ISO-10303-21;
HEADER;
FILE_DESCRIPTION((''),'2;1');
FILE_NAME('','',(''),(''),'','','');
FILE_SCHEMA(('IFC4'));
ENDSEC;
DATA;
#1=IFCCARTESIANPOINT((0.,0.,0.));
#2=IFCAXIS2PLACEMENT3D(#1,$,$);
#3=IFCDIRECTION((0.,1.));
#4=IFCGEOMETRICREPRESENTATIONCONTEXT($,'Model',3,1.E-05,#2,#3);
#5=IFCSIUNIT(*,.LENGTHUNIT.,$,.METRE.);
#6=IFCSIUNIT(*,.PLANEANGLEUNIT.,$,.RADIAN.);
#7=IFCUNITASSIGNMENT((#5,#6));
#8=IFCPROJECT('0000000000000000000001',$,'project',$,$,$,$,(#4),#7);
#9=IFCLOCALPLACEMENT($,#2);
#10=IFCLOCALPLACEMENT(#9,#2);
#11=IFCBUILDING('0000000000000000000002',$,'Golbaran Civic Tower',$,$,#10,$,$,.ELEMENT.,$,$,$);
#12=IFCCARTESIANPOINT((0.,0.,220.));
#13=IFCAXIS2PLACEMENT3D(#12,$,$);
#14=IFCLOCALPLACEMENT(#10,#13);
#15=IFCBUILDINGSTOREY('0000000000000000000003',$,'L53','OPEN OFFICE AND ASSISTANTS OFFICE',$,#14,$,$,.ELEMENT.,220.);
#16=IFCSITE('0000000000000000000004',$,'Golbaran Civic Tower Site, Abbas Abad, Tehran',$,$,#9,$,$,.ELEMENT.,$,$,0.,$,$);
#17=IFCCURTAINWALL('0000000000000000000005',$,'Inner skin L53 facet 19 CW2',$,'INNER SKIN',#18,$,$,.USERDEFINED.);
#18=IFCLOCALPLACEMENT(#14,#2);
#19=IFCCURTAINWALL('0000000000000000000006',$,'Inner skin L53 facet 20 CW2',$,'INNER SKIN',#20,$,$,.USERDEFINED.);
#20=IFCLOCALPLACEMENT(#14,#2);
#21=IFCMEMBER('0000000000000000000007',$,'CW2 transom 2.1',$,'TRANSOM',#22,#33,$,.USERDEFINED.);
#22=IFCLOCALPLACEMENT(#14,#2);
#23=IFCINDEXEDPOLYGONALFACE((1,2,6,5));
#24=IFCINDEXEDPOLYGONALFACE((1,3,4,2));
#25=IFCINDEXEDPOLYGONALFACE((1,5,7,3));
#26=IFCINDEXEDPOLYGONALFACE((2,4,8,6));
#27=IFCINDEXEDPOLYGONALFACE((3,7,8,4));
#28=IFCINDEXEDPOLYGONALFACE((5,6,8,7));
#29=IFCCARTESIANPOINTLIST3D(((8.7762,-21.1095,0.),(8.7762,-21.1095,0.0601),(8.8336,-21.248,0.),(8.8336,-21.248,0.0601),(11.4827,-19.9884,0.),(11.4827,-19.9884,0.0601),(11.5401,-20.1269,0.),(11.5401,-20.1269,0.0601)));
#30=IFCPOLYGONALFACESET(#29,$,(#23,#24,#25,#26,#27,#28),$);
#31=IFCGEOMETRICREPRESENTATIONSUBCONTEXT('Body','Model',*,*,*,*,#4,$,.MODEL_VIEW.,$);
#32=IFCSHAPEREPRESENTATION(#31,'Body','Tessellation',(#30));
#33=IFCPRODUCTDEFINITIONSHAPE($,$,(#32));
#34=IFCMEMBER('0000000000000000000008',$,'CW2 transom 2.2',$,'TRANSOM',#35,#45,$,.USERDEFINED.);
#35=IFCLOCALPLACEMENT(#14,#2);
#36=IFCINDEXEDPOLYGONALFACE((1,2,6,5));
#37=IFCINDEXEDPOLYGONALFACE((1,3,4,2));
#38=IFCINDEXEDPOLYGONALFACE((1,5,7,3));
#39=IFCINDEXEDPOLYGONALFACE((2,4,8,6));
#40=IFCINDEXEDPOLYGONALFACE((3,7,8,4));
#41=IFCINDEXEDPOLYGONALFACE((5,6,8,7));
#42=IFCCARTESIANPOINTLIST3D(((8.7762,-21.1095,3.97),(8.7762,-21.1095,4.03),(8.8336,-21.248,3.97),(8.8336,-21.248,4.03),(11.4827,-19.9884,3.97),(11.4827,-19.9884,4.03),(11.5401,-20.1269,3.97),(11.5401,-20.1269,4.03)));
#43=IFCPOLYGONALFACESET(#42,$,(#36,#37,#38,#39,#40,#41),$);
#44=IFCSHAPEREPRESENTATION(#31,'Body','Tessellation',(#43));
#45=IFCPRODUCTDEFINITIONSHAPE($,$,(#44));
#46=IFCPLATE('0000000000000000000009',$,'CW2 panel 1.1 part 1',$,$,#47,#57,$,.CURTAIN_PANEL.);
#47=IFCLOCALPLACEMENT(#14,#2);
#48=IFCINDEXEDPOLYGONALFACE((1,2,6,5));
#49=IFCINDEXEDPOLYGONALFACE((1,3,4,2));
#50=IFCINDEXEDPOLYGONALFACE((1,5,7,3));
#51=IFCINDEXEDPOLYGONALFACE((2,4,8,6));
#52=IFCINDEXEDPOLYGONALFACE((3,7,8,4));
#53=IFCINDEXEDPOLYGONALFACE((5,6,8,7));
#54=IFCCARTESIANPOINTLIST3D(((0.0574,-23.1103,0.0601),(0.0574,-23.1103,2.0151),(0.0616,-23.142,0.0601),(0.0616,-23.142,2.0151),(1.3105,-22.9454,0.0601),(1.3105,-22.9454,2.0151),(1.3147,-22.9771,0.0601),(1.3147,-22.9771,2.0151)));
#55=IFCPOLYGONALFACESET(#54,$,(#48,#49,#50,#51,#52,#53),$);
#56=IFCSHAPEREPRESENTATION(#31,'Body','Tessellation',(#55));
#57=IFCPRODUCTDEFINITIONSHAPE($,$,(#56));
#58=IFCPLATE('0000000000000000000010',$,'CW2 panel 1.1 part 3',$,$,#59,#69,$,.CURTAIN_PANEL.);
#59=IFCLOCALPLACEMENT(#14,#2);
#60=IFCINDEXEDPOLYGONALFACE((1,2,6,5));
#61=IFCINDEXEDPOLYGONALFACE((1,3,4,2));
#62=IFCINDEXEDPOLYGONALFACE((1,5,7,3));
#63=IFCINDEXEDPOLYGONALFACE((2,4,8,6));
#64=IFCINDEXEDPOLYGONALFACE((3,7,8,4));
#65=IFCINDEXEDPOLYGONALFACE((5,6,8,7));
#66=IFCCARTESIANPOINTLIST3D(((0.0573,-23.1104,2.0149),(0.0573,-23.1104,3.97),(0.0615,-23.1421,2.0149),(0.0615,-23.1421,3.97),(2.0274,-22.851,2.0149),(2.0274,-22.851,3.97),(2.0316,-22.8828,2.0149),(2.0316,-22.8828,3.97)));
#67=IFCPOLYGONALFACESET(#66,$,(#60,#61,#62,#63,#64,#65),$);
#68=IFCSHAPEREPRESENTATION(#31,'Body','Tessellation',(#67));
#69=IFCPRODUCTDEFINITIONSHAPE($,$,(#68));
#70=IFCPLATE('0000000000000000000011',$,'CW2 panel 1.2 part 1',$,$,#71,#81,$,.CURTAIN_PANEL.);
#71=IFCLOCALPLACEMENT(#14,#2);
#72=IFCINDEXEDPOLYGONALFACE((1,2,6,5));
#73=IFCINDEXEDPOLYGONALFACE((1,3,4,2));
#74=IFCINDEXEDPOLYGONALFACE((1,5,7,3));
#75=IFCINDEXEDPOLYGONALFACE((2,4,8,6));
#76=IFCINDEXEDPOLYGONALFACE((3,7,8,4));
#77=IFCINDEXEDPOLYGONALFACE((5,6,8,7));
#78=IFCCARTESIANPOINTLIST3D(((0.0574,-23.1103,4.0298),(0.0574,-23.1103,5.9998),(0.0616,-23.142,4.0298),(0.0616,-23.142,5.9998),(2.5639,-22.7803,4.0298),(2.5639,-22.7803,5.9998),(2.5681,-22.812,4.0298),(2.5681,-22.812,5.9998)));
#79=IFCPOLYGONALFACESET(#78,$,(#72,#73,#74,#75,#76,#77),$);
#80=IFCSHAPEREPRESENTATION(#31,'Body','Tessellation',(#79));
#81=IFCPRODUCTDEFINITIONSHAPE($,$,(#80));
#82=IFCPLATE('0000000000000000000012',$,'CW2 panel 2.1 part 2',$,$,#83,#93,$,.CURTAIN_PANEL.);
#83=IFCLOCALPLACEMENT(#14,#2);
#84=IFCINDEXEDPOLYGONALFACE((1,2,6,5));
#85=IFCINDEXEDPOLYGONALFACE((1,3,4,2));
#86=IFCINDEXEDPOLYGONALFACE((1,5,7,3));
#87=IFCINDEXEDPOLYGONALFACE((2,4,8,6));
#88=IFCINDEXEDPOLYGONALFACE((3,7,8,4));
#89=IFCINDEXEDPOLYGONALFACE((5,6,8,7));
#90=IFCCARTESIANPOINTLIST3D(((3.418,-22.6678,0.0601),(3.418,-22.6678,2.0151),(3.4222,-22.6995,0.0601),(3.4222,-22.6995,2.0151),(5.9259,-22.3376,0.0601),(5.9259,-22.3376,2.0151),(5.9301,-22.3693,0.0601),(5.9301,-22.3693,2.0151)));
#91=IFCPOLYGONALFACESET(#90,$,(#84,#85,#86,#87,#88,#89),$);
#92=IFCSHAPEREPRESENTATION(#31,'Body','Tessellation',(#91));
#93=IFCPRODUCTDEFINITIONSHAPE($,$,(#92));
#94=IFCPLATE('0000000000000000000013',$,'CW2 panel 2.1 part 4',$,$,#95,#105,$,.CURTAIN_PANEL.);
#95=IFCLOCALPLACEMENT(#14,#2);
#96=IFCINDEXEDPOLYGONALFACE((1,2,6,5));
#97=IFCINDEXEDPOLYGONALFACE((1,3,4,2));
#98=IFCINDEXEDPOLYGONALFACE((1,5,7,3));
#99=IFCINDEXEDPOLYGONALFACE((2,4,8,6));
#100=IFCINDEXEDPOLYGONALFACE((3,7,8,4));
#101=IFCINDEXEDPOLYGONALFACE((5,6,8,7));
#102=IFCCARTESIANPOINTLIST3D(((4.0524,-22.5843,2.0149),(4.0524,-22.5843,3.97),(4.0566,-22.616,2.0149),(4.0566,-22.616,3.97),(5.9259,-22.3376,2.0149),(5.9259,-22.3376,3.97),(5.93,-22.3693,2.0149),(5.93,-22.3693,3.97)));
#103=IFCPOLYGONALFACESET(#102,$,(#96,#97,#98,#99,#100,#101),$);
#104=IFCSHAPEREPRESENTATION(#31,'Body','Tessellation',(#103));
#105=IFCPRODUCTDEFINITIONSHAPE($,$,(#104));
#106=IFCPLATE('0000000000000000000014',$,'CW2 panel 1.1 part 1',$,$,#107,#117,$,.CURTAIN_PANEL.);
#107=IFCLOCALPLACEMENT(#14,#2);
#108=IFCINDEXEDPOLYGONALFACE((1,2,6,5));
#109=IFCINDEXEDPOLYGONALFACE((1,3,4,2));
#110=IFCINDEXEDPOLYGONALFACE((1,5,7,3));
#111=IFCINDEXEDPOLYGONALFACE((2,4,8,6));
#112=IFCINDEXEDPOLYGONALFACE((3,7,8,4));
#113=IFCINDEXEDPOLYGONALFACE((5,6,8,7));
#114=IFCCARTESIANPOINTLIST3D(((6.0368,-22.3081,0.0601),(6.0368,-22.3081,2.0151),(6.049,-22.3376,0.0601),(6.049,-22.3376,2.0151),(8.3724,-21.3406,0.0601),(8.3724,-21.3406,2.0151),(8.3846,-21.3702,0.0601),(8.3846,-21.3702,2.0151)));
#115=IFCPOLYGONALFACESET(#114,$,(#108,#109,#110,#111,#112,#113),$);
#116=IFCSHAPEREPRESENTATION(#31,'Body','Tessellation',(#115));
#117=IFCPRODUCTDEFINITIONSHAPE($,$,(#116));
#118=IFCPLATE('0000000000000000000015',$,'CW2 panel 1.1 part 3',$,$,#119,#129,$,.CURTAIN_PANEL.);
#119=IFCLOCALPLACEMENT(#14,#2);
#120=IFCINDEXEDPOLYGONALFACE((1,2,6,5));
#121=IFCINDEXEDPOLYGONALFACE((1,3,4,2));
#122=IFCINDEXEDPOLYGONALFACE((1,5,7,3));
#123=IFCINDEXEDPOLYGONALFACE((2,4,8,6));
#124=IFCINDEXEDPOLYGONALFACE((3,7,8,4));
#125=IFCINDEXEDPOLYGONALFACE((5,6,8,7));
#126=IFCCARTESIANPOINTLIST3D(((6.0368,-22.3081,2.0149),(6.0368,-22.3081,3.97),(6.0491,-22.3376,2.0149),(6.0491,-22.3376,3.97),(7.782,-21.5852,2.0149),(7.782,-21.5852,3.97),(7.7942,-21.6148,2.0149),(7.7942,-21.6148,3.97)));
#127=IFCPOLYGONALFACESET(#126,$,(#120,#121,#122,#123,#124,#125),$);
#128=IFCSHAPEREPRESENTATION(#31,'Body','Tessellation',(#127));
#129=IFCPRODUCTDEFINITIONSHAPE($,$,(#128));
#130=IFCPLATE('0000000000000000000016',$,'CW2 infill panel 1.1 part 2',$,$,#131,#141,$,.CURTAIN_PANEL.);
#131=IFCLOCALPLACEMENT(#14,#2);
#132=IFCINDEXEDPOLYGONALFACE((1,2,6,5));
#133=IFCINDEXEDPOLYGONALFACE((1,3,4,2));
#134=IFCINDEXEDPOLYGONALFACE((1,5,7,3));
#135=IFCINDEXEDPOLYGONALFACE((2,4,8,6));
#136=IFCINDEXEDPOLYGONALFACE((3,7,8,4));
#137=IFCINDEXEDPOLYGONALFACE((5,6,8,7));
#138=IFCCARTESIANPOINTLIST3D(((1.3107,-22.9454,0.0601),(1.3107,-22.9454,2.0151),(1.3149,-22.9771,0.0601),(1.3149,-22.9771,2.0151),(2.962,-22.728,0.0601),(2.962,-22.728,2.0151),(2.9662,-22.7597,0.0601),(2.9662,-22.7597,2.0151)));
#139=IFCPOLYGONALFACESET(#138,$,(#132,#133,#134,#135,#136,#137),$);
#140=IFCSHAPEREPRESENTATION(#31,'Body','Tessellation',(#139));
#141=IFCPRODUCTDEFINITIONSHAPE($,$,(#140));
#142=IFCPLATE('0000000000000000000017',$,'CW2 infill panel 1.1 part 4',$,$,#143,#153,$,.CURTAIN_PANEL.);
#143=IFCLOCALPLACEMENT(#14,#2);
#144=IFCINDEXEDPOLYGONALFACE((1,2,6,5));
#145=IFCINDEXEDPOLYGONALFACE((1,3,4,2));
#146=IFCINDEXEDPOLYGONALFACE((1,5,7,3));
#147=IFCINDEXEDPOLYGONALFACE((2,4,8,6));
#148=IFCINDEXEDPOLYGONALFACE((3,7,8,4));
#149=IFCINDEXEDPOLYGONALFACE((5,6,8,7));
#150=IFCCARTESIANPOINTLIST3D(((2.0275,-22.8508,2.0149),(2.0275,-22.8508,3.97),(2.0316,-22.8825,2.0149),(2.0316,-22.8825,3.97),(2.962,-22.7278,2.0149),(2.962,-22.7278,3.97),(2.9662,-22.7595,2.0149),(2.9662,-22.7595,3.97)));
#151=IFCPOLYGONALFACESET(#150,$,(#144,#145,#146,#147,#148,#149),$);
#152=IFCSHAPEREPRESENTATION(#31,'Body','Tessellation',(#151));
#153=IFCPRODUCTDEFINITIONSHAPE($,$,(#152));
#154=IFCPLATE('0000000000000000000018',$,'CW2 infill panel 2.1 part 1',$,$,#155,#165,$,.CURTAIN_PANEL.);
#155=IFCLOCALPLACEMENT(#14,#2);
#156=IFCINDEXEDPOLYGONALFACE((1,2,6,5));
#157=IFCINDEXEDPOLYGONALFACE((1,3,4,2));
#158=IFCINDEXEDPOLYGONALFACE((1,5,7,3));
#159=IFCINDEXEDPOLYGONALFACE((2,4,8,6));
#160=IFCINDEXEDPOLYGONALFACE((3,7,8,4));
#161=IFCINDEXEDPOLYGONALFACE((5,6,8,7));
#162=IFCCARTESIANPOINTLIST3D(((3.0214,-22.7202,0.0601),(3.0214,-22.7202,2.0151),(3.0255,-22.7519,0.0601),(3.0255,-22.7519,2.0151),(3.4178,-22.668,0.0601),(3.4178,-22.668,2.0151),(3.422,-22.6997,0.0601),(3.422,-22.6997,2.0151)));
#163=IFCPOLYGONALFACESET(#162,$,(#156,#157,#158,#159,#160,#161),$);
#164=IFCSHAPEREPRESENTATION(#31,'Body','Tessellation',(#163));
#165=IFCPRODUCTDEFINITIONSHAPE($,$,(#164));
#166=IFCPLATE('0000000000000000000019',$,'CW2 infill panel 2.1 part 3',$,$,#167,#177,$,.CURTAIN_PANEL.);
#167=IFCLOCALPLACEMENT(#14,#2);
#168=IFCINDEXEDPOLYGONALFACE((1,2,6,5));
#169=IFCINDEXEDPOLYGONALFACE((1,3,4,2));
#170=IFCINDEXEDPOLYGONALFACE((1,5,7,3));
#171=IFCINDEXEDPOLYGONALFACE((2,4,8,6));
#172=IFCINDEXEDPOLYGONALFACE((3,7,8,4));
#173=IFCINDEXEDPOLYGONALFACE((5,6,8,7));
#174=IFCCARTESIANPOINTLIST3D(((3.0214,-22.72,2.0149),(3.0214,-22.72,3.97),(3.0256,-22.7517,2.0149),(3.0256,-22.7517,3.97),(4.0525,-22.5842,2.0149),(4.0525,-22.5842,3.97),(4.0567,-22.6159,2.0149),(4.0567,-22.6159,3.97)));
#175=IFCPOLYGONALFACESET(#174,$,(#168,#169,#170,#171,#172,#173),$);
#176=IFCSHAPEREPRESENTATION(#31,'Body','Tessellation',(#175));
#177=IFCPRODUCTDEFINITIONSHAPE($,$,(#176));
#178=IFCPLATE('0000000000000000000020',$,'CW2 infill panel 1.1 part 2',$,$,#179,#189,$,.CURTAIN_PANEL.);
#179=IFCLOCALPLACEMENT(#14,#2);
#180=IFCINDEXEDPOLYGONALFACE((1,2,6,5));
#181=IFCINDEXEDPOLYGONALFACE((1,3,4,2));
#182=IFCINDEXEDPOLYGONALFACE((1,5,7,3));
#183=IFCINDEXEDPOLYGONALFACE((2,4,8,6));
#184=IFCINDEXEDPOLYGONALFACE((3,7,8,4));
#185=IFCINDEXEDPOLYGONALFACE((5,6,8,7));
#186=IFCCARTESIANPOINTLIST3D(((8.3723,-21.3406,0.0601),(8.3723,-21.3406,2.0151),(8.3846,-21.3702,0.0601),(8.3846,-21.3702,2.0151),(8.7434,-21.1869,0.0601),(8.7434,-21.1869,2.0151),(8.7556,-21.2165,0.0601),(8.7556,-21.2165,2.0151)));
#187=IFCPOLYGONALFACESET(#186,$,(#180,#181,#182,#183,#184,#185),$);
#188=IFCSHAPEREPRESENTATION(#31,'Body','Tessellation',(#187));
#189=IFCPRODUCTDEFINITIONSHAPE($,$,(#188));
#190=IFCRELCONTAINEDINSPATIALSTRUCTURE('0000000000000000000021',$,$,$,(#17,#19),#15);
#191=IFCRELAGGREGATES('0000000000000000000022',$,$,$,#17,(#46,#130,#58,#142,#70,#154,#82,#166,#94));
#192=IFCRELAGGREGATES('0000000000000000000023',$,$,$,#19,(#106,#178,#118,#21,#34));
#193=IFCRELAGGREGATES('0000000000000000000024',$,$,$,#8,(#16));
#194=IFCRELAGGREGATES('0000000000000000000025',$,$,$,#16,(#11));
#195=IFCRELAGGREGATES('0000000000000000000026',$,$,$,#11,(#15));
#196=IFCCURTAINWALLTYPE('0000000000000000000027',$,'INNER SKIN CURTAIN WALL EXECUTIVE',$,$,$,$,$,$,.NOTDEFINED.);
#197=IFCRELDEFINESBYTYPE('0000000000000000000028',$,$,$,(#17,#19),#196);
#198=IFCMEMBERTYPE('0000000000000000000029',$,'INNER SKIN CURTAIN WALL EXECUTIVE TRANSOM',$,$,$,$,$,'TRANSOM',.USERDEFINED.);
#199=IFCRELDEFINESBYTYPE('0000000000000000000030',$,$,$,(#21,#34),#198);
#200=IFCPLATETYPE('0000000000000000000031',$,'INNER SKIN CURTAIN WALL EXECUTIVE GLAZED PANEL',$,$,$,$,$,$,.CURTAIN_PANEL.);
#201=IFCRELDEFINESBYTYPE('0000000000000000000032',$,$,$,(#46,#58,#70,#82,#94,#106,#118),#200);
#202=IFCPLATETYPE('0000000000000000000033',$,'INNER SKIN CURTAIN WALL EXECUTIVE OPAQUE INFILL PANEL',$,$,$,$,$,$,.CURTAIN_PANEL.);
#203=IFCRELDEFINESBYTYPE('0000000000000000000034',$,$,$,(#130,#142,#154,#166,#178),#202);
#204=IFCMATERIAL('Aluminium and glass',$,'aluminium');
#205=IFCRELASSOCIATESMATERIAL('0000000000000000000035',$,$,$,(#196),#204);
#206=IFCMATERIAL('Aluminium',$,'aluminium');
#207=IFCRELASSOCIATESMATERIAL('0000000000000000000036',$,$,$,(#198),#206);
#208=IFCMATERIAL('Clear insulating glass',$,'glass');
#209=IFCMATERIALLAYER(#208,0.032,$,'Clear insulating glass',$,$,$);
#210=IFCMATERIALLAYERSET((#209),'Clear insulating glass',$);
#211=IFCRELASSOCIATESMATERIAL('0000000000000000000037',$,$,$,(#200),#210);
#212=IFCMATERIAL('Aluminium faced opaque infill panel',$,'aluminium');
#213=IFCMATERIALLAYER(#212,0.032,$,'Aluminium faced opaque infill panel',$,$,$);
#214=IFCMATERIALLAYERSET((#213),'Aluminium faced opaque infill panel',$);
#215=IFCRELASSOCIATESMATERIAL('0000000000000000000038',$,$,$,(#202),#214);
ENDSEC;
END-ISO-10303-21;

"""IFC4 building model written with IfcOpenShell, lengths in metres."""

from ifc_helpers import new_model, si_unit, direction, frame, origin, origin_2d, place, context, subcontext, project, spatial, rectangle, extrude, material, layer, layer_set, material_profile, profile_set, type_object, element, aggregate, save


model = new_model("IFC4")

# Units and contexts
model_context = context("Model", 3, precision=1e-05, world=origin(), true_north=direction((0.0, 1.0)))
body_context = subcontext(model_context, "Body", "Model", "MODEL_VIEW")
ifc_project = project(units=[si_unit("LENGTHUNIT", "METRE"), si_unit("PLANEANGLEUNIT", "RADIAN")], contexts=[model_context])

# Site, building, storey
site_placement = place(None, origin())
site = spatial("IfcSite", under=ifc_project, at=site_placement, Name="Golbaran Civic Tower Site, Abbas Abad, Tehran", CompositionType="ELEMENT", RefElevation=0.0)
building_placement = place(site_placement, origin())
building = spatial("IfcBuilding", under=site, at=building_placement, Name="Golbaran Civic Tower", CompositionType="ELEMENT")
storey_placement = place(building_placement, frame((0.0, 0.0, 220.0)))
storey = spatial("IfcBuildingStorey", under=building, at=storey_placement, Name="L53", Description="OPEN OFFICE AND ASSISTANTS OFFICE", CompositionType="ELEMENT", Elevation=220.0)

# Curtain walls
ifc_material_1 = material(Name="Aluminium and glass", Category="aluminium")
curtain_wall_type = type_object("IfcCurtainWallType", Name="INNER SKIN CURTAIN WALL EXECUTIVE", PredefinedType="NOTDEFINED", material=ifc_material_1)
curtain_wall_1_placement = place(storey_placement, origin())
curtain_wall_1 = element("IfcCurtainWall", 1, at=curtain_wall_1_placement, inside=storey, type_object=curtain_wall_type, Name="Inner skin L53 facet 19 CW2", ObjectType="INNER SKIN", PredefinedType="USERDEFINED")
ifc_material_2 = material(Name="Aluminium", Category="aluminium")
curtain_wall_2_placement = place(storey_placement, origin())
curtain_wall_2 = element("IfcCurtainWall", 2, at=curtain_wall_2_placement, inside=storey, type_object=curtain_wall_type, Name="Inner skin L53 facet 20 CW2", ObjectType="INNER SKIN", PredefinedType="USERDEFINED")

# Members
ifc_material_profile_1 = material_profile(ifc_material_2, rectangle(XDim=0.1499, YDim=0.0601, at=origin_2d()), Name="INNER SKIN CURTAIN WALL EXECUTIVE TRANSOM")
ifc_profile_set_1 = profile_set([ifc_material_profile_1], Name="Aluminium")
member_type_1 = type_object("IfcMemberType", Name="INNER SKIN CURTAIN WALL EXECUTIVE TRANSOM", ElementType="TRANSOM", PredefinedType="USERDEFINED", material=ifc_profile_set_1)
member_1_placement = place(storey_placement, frame((8.8049, -21.1787, 0.03), z_axis=(0.923879, 0.382685, 0.0), x_axis=(-0.382685, 0.923879, 0.0)))
member_1 = element("IfcMember", 3, at=member_1_placement, type_object=member_type_1, Name="CW2 transom 2.1", ObjectType="TRANSOM", PredefinedType="USERDEFINED", context=body_context, shape_type="SweptSolid", body=[
    extrude(rectangle(XDim=0.1499, YDim=0.0601, at=origin_2d()), origin(), (0.0, 0.0, 1.0), 2.9294),
])
member_2_placement = place(storey_placement, frame((8.8049, -21.1787, 4.0), z_axis=(0.923879, 0.382685, 0.0), x_axis=(-0.382685, 0.923879, 0.0)))
member_2 = element("IfcMember", 4, at=member_2_placement, type_object=member_type_1, Name="CW2 transom 2.2", ObjectType="TRANSOM", PredefinedType="USERDEFINED", context=body_context, shape_type="SweptSolid", body=[
    extrude(rectangle(XDim=0.1499, YDim=0.0601, at=origin_2d()), origin(), (0.0, 0.0, 1.0), 2.9294),
])

# Plates
ifc_material_3 = material(Name="Clear insulating glass", Category="glass")
ifc_layer_1 = layer(ifc_material_3, 0.032, Name="Clear insulating glass")
ifc_layer_set_1 = layer_set([ifc_layer_1], Name="Clear insulating glass")
plate_type_1 = type_object("IfcPlateType", Name="INNER SKIN CURTAIN WALL EXECUTIVE GLAZED PANEL", PredefinedType="CURTAIN_PANEL", material=ifc_layer_set_1)
plate_1_placement = place(storey_placement, frame((0.686, -23.0437, 0.0601), z_axis=(0.0, 0.0, 1.0), x_axis=(0.991445, 0.130526, 0.0)))
plate_1 = element("IfcPlate", 5, at=plate_1_placement, type_object=plate_type_1, Name="CW2 panel 1.1 part 1", PredefinedType="CURTAIN_PANEL", context=body_context, shape_type="SweptSolid", body=[
    extrude(rectangle(XDim=1.2639, YDim=0.032, at=origin_2d()), origin(), (0.0, 0.0, 1.0), 1.9551),
])
plate_2_placement = place(storey_placement, frame((1.0444, -22.9966, 2.0149), z_axis=(0.0, 0.0, 1.0), x_axis=(0.991445, 0.130526, 0.0)))
plate_2 = element("IfcPlate", 6, at=plate_2_placement, type_object=plate_type_1, Name="CW2 panel 1.1 part 3", PredefinedType="CURTAIN_PANEL", context=body_context, shape_type="SweptSolid", body=[
    extrude(rectangle(XDim=1.9871, YDim=0.032, at=origin_2d()), origin(), (0.0, 0.0, 1.0), 1.9551),
])
plate_3_placement = place(storey_placement, frame((1.3127, -22.9612, 4.0298), z_axis=(0.0, 0.0, 1.0), x_axis=(0.991445, 0.130526, 0.0)))
plate_3 = element("IfcPlate", 7, at=plate_3_placement, type_object=plate_type_1, Name="CW2 panel 1.2 part 1", PredefinedType="CURTAIN_PANEL", context=body_context, shape_type="SweptSolid", body=[
    extrude(rectangle(XDim=2.5281, YDim=0.032, at=origin_2d()), origin(), (0.0, 0.0, 1.0), 1.97),
])
plate_4_placement = place(storey_placement, frame((4.6741, -22.5186, 0.0601), z_axis=(0.0, 0.0, 1.0), x_axis=(0.991445, 0.130526, 0.0)))
plate_4 = element("IfcPlate", 8, at=plate_4_placement, type_object=plate_type_1, Name="CW2 panel 2.1 part 2", PredefinedType="CURTAIN_PANEL", context=body_context, shape_type="SweptSolid", body=[
    extrude(rectangle(XDim=2.5295, YDim=0.032, at=origin_2d()), origin(), (0.0, 0.0, 1.0), 1.9551),
])
plate_5_placement = place(storey_placement, frame((4.9912, -22.4768, 2.0149), z_axis=(0.0, 0.0, 1.0), x_axis=(0.991445, 0.130526, 0.0)))
plate_5 = element("IfcPlate", 9, at=plate_5_placement, type_object=plate_type_1, Name="CW2 panel 2.1 part 4", PredefinedType="CURTAIN_PANEL", context=body_context, shape_type="SweptSolid", body=[
    extrude(rectangle(XDim=1.8896, YDim=0.032, at=origin_2d()), origin(), (0.0, 0.0, 1.0), 1.9551),
])
plate_6_placement = place(storey_placement, frame((7.2107, -21.8391, 0.0601), z_axis=(0.0, 0.0, 1.0), x_axis=(0.92388, 0.382683, 0.0)))
plate_6 = element("IfcPlate", 10, at=plate_6_placement, type_object=plate_type_1, Name="CW2 panel 1.1 part 1", PredefinedType="CURTAIN_PANEL", context=body_context, shape_type="SweptSolid", body=[
    extrude(rectangle(XDim=2.5281, YDim=0.032, at=origin_2d()), origin(), (0.0, 0.0, 1.0), 1.9551),
])
plate_7_placement = place(storey_placement, frame((6.9155, -21.9614, 2.0149), z_axis=(0.0, 0.0, 1.0), x_axis=(0.92388, 0.382683, 0.0)))
plate_7 = element("IfcPlate", 11, at=plate_7_placement, type_object=plate_type_1, Name="CW2 panel 1.1 part 3", PredefinedType="CURTAIN_PANEL", context=body_context, shape_type="SweptSolid", body=[
    extrude(rectangle(XDim=1.8889, YDim=0.032, at=origin_2d()), origin(), (0.0, 0.0, 1.0), 1.9551),
])
ifc_material_4 = material(Name="Aluminium faced opaque infill panel", Category="aluminium")
ifc_layer_2 = layer(ifc_material_4, 0.032, Name="Aluminium faced opaque infill panel")
ifc_layer_set_2 = layer_set([ifc_layer_2], Name="Aluminium faced opaque infill panel")
plate_type_2 = type_object("IfcPlateType", Name="INNER SKIN CURTAIN WALL EXECUTIVE OPAQUE INFILL PANEL", PredefinedType="CURTAIN_PANEL", material=ifc_layer_set_2)
plate_8_placement = place(storey_placement, frame((2.1384, -22.8525, 0.0601), z_axis=(0.0, 0.0, 1.0), x_axis=(0.991445, 0.130526, 0.0)))
plate_8 = element("IfcPlate", 12, at=plate_8_placement, type_object=plate_type_2, Name="CW2 infill panel 1.1 part 2", PredefinedType="CURTAIN_PANEL", context=body_context, shape_type="SweptSolid", body=[
    extrude(rectangle(XDim=1.6655, YDim=0.032, at=origin_2d()), origin(), (0.0, 0.0, 1.0), 1.9551),
])
plate_9_placement = place(storey_placement, frame((2.4968, -22.8052, 2.0149), z_axis=(0.0, 0.0, 1.0), x_axis=(0.991445, 0.130526, 0.0)))
plate_9 = element("IfcPlate", 13, at=plate_9_placement, type_object=plate_type_2, Name="CW2 infill panel 1.1 part 4", PredefinedType="CURTAIN_PANEL", context=body_context, shape_type="SweptSolid", body=[
    extrude(rectangle(XDim=0.9426, YDim=0.032, at=origin_2d()), origin(), (0.0, 0.0, 1.0), 1.9551),
])
plate_10_placement = place(storey_placement, frame((3.2217, -22.71, 0.0601), z_axis=(0.0, 0.0, 1.0), x_axis=(0.991445, 0.130526, 0.0)))
plate_10 = element("IfcPlate", 14, at=plate_10_placement, type_object=plate_type_2, Name="CW2 infill panel 2.1 part 1", PredefinedType="CURTAIN_PANEL", context=body_context, shape_type="SweptSolid", body=[
    extrude(rectangle(XDim=0.3999, YDim=0.032, at=origin_2d()), origin(), (0.0, 0.0, 1.0), 1.9551),
])
plate_11_placement = place(storey_placement, frame((3.5391, -22.668, 2.0149), z_axis=(0.0, 0.0, 1.0), x_axis=(0.991445, 0.130526, 0.0)))
plate_11 = element("IfcPlate", 15, at=plate_11_placement, type_object=plate_type_2, Name="CW2 infill panel 2.1 part 3", PredefinedType="CURTAIN_PANEL", context=body_context, shape_type="SweptSolid", body=[
    extrude(rectangle(XDim=1.04, YDim=0.032, at=origin_2d()), origin(), (0.0, 0.0, 1.0), 1.9551),
])
aggregate(curtain_wall_1, [plate_1, plate_8, plate_2, plate_9, plate_3, plate_10, plate_4, plate_11, plate_5])
plate_12_placement = place(storey_placement, frame((8.564, -21.2786, 0.0601), z_axis=(0.0, 0.0, 1.0), x_axis=(0.92388, 0.382683, 0.0)))
plate_12 = element("IfcPlate", 16, at=plate_12_placement, type_object=plate_type_2, Name="CW2 infill panel 1.1 part 2", PredefinedType="CURTAIN_PANEL", context=body_context, shape_type="SweptSolid", body=[
    extrude(rectangle(XDim=0.4016, YDim=0.032, at=origin_2d()), origin(), (0.0, 0.0, 1.0), 1.9551),
])
aggregate(curtain_wall_2, [plate_6, plate_12, plate_7, member_1, member_2])

save(model, "model.ifc")
